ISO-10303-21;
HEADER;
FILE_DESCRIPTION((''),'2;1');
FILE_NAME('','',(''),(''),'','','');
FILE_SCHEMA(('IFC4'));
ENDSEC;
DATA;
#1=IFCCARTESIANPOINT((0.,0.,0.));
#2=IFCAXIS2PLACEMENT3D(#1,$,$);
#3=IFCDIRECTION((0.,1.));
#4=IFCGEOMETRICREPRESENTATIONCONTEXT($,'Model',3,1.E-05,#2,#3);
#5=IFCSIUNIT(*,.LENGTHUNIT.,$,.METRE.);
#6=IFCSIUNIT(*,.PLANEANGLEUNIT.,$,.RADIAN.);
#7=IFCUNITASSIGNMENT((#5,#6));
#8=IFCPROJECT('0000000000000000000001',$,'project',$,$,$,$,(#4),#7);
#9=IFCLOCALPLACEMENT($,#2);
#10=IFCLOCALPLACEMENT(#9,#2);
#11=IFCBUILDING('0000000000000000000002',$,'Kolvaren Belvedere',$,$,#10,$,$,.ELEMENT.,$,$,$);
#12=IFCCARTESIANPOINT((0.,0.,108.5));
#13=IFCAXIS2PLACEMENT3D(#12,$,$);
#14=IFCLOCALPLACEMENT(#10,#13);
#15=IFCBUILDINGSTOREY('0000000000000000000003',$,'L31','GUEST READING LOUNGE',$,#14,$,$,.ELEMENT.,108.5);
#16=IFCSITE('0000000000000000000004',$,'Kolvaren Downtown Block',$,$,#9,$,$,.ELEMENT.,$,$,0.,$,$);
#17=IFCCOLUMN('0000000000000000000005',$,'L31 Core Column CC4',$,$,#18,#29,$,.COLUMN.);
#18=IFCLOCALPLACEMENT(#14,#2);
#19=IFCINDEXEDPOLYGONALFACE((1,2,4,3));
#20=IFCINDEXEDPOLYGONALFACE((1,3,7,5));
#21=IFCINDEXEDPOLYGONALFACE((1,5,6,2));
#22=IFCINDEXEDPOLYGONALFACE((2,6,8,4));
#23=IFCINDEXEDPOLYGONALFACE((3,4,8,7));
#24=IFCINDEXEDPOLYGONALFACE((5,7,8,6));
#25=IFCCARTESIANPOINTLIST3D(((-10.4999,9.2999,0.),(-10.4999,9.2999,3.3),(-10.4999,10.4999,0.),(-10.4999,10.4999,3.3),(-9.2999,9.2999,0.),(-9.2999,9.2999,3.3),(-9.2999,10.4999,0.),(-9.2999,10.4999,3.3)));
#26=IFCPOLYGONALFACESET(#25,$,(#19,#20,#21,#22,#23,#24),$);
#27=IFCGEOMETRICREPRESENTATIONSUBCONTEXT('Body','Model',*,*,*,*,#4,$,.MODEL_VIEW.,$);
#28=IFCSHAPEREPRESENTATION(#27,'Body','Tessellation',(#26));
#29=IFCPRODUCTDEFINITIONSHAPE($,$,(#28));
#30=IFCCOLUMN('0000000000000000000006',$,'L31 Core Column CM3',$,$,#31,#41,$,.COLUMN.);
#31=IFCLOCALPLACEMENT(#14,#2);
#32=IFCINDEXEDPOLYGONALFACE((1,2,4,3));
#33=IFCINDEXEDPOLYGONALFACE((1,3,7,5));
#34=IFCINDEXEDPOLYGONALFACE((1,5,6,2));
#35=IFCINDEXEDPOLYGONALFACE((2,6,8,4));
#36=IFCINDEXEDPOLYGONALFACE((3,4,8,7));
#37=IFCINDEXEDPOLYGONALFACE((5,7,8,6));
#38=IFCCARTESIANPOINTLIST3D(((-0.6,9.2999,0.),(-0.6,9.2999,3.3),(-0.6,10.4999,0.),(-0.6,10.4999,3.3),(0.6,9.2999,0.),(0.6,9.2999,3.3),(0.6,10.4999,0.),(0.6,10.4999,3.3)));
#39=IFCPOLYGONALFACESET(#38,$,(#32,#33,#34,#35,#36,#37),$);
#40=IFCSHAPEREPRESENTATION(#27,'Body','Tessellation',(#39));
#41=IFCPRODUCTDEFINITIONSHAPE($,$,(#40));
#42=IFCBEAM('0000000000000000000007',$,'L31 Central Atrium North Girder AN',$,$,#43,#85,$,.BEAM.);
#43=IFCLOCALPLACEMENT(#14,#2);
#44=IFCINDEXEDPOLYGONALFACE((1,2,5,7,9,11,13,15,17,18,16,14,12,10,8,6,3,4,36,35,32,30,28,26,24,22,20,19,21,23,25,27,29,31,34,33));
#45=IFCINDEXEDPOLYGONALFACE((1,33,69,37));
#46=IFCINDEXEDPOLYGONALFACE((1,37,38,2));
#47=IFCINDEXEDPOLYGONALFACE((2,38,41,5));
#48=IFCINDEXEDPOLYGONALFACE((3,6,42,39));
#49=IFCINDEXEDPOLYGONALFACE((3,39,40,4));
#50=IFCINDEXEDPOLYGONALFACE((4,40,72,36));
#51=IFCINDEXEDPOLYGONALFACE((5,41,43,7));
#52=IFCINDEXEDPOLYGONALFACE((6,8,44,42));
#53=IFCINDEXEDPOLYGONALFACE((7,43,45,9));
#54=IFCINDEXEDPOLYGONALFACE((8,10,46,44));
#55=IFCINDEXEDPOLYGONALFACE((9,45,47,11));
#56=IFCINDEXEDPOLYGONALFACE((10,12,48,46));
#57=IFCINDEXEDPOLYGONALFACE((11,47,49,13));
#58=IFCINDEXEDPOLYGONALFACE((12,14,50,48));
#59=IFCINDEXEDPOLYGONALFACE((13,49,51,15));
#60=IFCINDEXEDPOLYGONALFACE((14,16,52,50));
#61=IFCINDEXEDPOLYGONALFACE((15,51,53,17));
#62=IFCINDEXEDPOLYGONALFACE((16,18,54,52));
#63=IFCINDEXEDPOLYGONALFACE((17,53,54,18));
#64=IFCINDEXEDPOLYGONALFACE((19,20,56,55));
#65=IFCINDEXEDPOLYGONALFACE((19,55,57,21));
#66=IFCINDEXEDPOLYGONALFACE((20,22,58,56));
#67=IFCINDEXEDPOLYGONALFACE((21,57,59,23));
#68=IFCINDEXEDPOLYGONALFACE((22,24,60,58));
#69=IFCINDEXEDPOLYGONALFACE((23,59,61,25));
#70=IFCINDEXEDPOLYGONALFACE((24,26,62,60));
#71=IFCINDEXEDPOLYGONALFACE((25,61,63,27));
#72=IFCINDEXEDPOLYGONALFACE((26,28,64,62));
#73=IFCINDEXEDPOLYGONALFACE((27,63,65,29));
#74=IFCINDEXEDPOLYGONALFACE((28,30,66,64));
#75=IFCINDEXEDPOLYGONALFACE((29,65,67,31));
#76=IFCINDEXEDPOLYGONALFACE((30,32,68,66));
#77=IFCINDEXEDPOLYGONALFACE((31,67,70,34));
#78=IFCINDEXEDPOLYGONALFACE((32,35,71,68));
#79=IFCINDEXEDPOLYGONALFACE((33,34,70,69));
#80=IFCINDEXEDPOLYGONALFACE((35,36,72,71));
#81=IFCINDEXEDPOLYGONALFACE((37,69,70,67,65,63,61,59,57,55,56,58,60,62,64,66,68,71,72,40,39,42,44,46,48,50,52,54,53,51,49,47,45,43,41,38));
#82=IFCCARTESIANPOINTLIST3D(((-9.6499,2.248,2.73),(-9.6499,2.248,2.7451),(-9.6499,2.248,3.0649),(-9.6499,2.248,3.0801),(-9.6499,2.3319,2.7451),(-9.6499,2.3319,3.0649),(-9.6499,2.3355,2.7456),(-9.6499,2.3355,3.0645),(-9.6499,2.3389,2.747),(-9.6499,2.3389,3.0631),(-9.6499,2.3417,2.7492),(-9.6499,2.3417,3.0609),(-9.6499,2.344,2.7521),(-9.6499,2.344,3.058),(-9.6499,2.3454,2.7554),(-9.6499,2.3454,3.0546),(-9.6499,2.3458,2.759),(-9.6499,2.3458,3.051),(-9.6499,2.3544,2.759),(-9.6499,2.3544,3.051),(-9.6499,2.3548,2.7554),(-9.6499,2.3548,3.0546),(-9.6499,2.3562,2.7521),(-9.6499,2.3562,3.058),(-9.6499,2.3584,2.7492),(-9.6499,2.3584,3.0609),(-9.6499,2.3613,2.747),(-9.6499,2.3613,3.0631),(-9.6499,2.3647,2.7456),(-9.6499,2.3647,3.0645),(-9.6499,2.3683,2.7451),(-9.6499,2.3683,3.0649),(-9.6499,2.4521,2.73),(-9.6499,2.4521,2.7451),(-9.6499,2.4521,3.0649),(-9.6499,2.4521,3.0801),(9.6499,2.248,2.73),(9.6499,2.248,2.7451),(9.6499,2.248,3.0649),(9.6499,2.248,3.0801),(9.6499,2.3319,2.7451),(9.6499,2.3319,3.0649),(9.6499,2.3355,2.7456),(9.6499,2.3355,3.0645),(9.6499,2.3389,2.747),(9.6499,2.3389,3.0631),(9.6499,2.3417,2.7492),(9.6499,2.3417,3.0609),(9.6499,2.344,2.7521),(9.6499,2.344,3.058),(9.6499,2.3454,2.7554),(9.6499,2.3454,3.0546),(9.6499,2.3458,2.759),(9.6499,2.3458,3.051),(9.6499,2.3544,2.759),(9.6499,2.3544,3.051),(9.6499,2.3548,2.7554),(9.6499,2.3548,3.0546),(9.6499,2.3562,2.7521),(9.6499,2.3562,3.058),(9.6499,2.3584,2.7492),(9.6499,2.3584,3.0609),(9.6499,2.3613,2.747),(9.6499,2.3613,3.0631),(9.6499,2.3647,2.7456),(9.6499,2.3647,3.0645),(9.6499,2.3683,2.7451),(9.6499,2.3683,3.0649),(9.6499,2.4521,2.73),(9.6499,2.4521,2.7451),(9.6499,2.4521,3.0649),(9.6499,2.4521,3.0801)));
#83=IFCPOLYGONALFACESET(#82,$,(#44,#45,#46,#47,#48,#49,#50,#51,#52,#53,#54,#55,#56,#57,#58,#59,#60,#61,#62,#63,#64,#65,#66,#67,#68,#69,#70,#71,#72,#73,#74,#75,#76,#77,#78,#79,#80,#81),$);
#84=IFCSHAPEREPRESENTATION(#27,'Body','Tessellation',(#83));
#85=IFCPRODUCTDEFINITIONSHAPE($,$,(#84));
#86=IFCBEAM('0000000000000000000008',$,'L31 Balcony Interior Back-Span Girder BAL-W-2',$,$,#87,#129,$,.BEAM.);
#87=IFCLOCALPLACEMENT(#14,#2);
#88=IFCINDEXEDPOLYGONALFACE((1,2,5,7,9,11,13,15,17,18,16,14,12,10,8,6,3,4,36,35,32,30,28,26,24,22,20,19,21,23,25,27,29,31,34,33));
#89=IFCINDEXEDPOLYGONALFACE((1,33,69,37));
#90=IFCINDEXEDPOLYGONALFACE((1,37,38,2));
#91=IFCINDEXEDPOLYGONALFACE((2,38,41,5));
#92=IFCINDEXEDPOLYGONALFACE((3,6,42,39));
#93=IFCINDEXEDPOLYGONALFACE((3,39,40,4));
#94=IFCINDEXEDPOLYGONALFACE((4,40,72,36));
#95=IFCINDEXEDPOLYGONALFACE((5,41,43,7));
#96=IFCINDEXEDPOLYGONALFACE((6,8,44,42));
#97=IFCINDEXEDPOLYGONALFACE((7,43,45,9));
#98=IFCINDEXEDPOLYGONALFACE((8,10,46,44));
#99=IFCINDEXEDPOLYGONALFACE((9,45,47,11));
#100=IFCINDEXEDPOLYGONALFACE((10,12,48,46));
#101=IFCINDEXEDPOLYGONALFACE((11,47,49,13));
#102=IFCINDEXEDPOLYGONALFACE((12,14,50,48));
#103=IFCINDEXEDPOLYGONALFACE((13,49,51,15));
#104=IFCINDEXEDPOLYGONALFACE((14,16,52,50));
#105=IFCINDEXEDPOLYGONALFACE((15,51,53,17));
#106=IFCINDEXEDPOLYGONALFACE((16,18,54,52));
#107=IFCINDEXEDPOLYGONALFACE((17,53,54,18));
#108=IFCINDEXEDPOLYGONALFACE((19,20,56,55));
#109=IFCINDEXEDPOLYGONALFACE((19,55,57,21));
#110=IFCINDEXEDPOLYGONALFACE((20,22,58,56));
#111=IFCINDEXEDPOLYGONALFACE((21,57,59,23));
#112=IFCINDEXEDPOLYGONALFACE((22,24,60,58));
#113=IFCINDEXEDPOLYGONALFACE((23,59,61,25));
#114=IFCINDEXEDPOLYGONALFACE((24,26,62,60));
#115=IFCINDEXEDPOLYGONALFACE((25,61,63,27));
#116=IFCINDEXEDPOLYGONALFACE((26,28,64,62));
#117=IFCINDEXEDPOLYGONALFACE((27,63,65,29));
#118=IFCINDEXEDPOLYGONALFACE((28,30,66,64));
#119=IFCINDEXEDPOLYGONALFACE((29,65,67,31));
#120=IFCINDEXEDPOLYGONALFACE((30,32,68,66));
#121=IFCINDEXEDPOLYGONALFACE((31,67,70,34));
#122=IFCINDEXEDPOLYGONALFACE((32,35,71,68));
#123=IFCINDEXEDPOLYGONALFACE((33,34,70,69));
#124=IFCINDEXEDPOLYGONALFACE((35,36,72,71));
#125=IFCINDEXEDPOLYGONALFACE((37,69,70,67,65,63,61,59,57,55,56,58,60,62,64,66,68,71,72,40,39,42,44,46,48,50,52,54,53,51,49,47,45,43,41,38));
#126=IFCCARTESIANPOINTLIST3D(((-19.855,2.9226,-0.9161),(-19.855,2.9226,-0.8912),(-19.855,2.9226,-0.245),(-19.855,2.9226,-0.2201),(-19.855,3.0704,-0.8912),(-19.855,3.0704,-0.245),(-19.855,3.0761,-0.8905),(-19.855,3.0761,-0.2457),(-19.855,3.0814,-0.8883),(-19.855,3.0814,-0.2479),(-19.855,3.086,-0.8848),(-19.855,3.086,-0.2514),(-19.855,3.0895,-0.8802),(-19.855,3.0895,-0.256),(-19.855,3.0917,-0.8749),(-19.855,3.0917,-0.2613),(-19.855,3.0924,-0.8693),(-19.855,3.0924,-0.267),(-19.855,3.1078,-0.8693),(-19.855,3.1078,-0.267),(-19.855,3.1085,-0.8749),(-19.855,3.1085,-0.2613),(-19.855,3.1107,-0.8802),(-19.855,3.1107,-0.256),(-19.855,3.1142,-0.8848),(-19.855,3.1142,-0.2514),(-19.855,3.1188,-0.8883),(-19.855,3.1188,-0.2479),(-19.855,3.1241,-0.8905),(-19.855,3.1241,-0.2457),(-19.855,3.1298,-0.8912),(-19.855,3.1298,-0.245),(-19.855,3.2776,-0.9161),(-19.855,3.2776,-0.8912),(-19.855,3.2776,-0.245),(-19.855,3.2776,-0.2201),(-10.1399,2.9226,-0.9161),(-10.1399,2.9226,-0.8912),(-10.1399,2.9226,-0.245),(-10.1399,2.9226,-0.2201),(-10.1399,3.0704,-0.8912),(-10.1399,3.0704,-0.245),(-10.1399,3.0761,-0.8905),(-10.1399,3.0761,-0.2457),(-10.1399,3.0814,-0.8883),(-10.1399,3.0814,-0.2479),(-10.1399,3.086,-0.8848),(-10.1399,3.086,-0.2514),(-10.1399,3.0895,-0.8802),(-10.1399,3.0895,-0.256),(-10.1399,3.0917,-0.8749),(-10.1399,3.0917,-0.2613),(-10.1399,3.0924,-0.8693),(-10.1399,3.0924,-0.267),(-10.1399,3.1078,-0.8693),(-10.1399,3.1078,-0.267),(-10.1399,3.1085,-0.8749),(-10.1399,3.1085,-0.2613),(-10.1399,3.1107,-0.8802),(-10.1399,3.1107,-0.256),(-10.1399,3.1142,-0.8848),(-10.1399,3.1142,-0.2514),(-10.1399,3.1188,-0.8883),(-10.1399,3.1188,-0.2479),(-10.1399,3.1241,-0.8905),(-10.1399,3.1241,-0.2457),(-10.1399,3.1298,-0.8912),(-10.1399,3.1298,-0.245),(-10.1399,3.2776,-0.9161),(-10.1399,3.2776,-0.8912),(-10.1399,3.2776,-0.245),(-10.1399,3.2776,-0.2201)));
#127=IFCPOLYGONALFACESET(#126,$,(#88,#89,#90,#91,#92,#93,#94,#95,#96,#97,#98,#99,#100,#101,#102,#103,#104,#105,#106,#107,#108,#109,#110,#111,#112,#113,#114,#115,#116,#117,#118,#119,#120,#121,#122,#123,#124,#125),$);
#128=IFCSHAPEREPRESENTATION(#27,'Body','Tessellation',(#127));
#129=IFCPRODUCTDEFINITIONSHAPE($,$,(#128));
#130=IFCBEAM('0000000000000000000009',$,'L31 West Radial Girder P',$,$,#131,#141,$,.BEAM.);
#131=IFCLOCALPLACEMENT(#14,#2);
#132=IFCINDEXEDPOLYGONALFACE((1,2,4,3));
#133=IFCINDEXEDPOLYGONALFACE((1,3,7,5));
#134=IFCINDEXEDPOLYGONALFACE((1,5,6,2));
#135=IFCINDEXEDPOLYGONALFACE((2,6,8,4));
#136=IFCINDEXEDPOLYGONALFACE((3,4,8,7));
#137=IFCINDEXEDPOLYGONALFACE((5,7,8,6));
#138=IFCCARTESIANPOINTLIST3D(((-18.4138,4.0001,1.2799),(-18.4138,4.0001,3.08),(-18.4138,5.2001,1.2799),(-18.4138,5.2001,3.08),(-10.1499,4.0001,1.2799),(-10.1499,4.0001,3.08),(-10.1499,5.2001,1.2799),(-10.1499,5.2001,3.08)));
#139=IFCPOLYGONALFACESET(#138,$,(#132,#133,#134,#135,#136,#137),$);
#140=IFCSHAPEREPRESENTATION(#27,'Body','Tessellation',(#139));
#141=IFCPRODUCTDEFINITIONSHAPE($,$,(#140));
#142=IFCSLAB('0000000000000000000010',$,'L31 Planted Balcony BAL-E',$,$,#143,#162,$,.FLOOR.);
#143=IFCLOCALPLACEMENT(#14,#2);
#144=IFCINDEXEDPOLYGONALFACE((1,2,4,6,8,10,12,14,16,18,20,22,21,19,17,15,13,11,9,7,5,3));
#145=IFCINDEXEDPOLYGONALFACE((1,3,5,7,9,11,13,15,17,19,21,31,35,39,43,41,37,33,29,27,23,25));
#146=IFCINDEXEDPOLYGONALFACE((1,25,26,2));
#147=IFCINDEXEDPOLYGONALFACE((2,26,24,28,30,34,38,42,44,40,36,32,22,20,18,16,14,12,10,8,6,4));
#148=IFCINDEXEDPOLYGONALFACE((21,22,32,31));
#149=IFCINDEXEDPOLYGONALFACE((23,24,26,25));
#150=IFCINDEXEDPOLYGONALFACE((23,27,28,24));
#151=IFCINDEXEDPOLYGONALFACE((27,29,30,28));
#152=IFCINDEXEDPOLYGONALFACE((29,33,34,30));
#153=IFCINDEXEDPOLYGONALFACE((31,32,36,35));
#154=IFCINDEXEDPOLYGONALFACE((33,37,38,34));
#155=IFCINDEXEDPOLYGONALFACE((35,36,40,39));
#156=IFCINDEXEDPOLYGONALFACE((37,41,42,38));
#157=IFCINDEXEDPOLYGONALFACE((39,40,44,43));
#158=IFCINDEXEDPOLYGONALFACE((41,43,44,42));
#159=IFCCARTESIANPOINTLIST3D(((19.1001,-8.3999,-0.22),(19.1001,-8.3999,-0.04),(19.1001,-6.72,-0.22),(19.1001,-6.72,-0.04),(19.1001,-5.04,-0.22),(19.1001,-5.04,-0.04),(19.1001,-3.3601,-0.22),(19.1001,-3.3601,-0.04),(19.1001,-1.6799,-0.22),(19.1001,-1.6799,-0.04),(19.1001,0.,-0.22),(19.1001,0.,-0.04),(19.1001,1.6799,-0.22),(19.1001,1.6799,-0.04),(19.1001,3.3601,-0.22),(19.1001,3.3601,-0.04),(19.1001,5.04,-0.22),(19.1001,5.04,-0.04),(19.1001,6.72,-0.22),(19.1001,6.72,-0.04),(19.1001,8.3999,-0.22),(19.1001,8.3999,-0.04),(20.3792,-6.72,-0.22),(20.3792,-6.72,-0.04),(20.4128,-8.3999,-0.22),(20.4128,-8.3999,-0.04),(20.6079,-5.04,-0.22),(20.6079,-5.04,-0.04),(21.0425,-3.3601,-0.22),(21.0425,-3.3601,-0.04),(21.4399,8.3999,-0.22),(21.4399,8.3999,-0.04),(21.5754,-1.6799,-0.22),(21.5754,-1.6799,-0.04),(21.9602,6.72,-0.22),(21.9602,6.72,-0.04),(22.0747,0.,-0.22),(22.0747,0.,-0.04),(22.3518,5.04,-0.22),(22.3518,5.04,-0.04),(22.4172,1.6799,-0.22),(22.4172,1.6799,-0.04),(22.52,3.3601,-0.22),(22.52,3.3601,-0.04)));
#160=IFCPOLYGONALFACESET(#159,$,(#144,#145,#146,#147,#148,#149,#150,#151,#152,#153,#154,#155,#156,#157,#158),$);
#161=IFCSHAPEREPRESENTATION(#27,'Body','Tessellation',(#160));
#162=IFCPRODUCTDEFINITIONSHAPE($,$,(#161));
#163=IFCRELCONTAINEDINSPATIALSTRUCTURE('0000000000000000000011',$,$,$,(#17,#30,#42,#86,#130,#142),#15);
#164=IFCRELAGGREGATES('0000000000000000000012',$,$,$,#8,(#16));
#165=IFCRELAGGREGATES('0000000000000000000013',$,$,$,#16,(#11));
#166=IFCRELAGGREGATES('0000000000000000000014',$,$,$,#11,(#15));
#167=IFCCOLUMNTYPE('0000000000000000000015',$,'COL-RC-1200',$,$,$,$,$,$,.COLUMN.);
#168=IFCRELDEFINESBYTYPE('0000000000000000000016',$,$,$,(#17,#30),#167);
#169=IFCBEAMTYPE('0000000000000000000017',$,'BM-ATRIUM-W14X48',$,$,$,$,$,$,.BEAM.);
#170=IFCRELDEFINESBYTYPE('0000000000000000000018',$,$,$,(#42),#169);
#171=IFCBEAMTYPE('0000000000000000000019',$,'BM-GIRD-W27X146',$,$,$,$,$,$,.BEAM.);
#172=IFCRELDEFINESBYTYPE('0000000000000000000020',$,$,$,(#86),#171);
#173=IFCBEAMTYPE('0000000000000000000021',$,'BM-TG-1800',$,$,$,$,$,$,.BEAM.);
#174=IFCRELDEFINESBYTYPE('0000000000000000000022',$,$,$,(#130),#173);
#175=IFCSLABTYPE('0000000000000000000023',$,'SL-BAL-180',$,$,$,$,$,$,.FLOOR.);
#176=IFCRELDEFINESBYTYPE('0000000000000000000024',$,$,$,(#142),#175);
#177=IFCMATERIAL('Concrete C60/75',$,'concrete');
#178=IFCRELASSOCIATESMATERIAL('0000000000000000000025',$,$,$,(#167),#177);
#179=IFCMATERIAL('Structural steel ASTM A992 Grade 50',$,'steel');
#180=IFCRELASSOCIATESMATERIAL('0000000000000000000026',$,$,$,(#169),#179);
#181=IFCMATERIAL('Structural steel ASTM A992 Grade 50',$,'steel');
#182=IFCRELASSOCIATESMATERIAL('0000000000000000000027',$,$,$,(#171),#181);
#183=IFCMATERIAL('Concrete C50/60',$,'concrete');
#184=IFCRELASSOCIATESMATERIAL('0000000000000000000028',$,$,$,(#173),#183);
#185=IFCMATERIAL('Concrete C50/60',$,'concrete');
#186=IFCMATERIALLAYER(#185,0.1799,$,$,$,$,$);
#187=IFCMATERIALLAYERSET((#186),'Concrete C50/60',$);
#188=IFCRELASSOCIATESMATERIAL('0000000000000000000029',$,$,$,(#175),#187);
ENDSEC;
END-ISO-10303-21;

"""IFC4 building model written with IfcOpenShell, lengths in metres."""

from ifc_helpers import new_model, si_unit, direction, frame, origin, origin_2d, place, context, subcontext, project, spatial, polyline, rectangle, i_section, outline, extrude, material, layer, layer_set, material_profile, profile_set, type_object, element, save


model = new_model("IFC4")

# Units and contexts
model_context = context("Model", 3, precision=1e-05, world=origin(), true_north=direction((0.0, 1.0)))
body_context = subcontext(model_context, "Body", "Model", "MODEL_VIEW")
ifc_project = project(units=[si_unit("LENGTHUNIT", "METRE"), si_unit("PLANEANGLEUNIT", "RADIAN")], contexts=[model_context])

# Site, building, storey
site_placement = place(None, origin())
site = spatial("IfcSite", under=ifc_project, at=site_placement, Name="Kolvaren Downtown Block", CompositionType="ELEMENT", RefElevation=0.0)
building_placement = place(site_placement, origin())
building = spatial("IfcBuilding", under=site, at=building_placement, Name="Kolvaren Belvedere", CompositionType="ELEMENT")
storey_placement = place(building_placement, frame((0.0, 0.0, 108.5)))
storey = spatial("IfcBuildingStorey", under=building, at=storey_placement, Name="L31", Description="GUEST READING LOUNGE", CompositionType="ELEMENT", Elevation=108.5)

# Columns
ifc_material_1 = material(Name="Concrete C60/75", Category="concrete")
ifc_material_profile_1 = material_profile(ifc_material_1, rectangle(XDim=1.2, YDim=1.2, at=origin_2d()), Name="RC 1200X1200")
ifc_profile_set_1 = profile_set([ifc_material_profile_1], Name="Concrete C60/75")
column_type = type_object("IfcColumnType", Name="COL-RC-1200", PredefinedType="COLUMN", material=ifc_profile_set_1)
for number, where, z_axis, x_axis, name in (
    (1, (-9.8999, 9.8999, 0.0), (0.0, 0.0, 1.0), (1.0, 0.0, 0.0), "L31 Core Column CC4"),
    (2, (0.0, 9.8999, 0.0), (0.0, 0.0, 1.0), (1.0, 0.0, 0.0), "L31 Core Column CM3"),
):
    element("IfcColumn", number, at=place(storey_placement, frame(where, z_axis=z_axis, x_axis=x_axis)), inside=storey, type_object=column_type, Name=name, PredefinedType="COLUMN", context=body_context, shape_type="SweptSolid", body=[
        extrude(rectangle(XDim=1.2, YDim=1.2, at=origin_2d()), origin(), (0.0, 0.0, 1.0), 3.3),
    ])

# Beams
ifc_material_2 = material(Name="Structural steel ASTM A992 Grade 50", Category="steel")
ifc_material_profile_2 = material_profile(ifc_material_2, i_section(OverallWidth=0.2041, OverallDepth=0.3501, WebThickness=0.0085, FlangeThickness=0.0151, FilletRadius=0.0139, at=origin_2d()), Name="W14X48")
ifc_profile_set_2 = profile_set([ifc_material_profile_2], Name="Structural steel ASTM A992 Grade 50")
beam_type_1 = type_object("IfcBeamType", Name="BM-ATRIUM-W14X48", PredefinedType="BEAM", material=ifc_profile_set_2)
beam_1_placement = place(storey_placement, frame((-9.6499, 2.3501, 2.905), z_axis=(1.0, 0.0, 0.0), x_axis=(0.0, 1.0, 0.0)))
element("IfcBeam", 3, at=beam_1_placement, inside=storey, type_object=beam_type_1, Name="L31 Central Atrium North Girder AN", PredefinedType="BEAM", context=body_context, shape_type="SweptSolid", body=[
    extrude(i_section(OverallWidth=0.2041, OverallDepth=0.3501, WebThickness=0.0085, FlangeThickness=0.0151, FilletRadius=0.0139, at=origin_2d()), origin(), (0.0, 0.0, 1.0), 19.2998),
])
ifc_material_3 = material(Name="Structural steel ASTM A992 Grade 50", Category="steel")
ifc_material_profile_3 = material_profile(ifc_material_3, i_section(OverallWidth=0.355, OverallDepth=0.696, WebThickness=0.0154, FlangeThickness=0.0249, FilletRadius=0.022, at=origin_2d()), Name="W27X146")
ifc_profile_set_3 = profile_set([ifc_material_profile_3], Name="Structural steel ASTM A992 Grade 50")
beam_type_2 = type_object("IfcBeamType", Name="BM-GIRD-W27X146", PredefinedType="BEAM", material=ifc_profile_set_3)
beam_2_placement = place(storey_placement, frame((-10.1399, 3.1001, -0.5681), z_axis=(-1.0, 0.0, 0.0), x_axis=(0.0, -1.0, 0.0)))
element("IfcBeam", 4, at=beam_2_placement, inside=storey, type_object=beam_type_2, Name="L31 Balcony Interior Back-Span Girder BAL-W-2", PredefinedType="BEAM", context=body_context, shape_type="SweptSolid", body=[
    extrude(i_section(OverallWidth=0.355, OverallDepth=0.696, WebThickness=0.0154, FlangeThickness=0.0249, FilletRadius=0.022, at=origin_2d()), origin(), (0.0, 0.0, 1.0), 9.7151),
])
ifc_material_4 = material(Name="Concrete C50/60", Category="concrete")
ifc_material_profile_4 = material_profile(ifc_material_4, rectangle(XDim=1.2, YDim=1.8, at=origin_2d()), Name="RC 1200X1800")
ifc_profile_set_4 = profile_set([ifc_material_profile_4], Name="Concrete C50/60")
beam_type_3 = type_object("IfcBeamType", Name="BM-TG-1800", PredefinedType="BEAM", material=ifc_profile_set_4)
beam_3_placement = place(storey_placement, frame((-10.1499, 4.6001, 2.1799), z_axis=(-1.0, 0.0, 0.0), x_axis=(0.0, -1.0, 0.0)))
element("IfcBeam", 5, at=beam_3_placement, inside=storey, type_object=beam_type_3, Name="L31 West Radial Girder P", PredefinedType="BEAM", context=body_context, shape_type="SweptSolid", body=[
    extrude(rectangle(XDim=1.2, YDim=1.8, at=origin_2d()), origin(), (0.0, 0.0, 1.0), 8.2639),
])

# Slab
ifc_material_5 = material(Name="Concrete C50/60", Category="concrete")
ifc_layer_1 = layer(ifc_material_5, 0.1799)
ifc_layer_set_1 = layer_set([ifc_layer_1], Name="Concrete C50/60")
slab_type = type_object("IfcSlabType", Name="SL-BAL-180", PredefinedType="FLOOR", material=ifc_layer_set_1)
slab_1_placement = place(storey_placement, frame((0.0, 0.0, -0.22)))
element("IfcSlab", 6, at=slab_1_placement, inside=storey, type_object=slab_type, Name="L31 Planted Balcony BAL-E", PredefinedType="FLOOR", context=body_context, shape_type="SweptSolid", body=[
    extrude(outline(polyline([(20.4128, -8.3999), (20.3792, -6.72), (20.6079, -5.04), (21.0425, -3.3601), (21.5754, -1.6799), (22.0747, 0.0), (22.4172, 1.6799), (22.52, 3.3601), (22.3518, 5.04), (21.9602, 6.72), (21.4399, 8.3999), (19.1001, 8.3999), (19.1001, 6.72), (19.1001, 5.04), (19.1001, 3.3601), (19.1001, 1.6799), (19.1001, 0.0), (19.1001, -1.6799), (19.1001, -3.3601), (19.1001, -5.04), (19.1001, -6.72), (19.1001, -8.3999), (20.4128, -8.3999)])), origin(), (0.0, 0.0, 1.0), 0.1799),
])

save(model, "model.ifc")
